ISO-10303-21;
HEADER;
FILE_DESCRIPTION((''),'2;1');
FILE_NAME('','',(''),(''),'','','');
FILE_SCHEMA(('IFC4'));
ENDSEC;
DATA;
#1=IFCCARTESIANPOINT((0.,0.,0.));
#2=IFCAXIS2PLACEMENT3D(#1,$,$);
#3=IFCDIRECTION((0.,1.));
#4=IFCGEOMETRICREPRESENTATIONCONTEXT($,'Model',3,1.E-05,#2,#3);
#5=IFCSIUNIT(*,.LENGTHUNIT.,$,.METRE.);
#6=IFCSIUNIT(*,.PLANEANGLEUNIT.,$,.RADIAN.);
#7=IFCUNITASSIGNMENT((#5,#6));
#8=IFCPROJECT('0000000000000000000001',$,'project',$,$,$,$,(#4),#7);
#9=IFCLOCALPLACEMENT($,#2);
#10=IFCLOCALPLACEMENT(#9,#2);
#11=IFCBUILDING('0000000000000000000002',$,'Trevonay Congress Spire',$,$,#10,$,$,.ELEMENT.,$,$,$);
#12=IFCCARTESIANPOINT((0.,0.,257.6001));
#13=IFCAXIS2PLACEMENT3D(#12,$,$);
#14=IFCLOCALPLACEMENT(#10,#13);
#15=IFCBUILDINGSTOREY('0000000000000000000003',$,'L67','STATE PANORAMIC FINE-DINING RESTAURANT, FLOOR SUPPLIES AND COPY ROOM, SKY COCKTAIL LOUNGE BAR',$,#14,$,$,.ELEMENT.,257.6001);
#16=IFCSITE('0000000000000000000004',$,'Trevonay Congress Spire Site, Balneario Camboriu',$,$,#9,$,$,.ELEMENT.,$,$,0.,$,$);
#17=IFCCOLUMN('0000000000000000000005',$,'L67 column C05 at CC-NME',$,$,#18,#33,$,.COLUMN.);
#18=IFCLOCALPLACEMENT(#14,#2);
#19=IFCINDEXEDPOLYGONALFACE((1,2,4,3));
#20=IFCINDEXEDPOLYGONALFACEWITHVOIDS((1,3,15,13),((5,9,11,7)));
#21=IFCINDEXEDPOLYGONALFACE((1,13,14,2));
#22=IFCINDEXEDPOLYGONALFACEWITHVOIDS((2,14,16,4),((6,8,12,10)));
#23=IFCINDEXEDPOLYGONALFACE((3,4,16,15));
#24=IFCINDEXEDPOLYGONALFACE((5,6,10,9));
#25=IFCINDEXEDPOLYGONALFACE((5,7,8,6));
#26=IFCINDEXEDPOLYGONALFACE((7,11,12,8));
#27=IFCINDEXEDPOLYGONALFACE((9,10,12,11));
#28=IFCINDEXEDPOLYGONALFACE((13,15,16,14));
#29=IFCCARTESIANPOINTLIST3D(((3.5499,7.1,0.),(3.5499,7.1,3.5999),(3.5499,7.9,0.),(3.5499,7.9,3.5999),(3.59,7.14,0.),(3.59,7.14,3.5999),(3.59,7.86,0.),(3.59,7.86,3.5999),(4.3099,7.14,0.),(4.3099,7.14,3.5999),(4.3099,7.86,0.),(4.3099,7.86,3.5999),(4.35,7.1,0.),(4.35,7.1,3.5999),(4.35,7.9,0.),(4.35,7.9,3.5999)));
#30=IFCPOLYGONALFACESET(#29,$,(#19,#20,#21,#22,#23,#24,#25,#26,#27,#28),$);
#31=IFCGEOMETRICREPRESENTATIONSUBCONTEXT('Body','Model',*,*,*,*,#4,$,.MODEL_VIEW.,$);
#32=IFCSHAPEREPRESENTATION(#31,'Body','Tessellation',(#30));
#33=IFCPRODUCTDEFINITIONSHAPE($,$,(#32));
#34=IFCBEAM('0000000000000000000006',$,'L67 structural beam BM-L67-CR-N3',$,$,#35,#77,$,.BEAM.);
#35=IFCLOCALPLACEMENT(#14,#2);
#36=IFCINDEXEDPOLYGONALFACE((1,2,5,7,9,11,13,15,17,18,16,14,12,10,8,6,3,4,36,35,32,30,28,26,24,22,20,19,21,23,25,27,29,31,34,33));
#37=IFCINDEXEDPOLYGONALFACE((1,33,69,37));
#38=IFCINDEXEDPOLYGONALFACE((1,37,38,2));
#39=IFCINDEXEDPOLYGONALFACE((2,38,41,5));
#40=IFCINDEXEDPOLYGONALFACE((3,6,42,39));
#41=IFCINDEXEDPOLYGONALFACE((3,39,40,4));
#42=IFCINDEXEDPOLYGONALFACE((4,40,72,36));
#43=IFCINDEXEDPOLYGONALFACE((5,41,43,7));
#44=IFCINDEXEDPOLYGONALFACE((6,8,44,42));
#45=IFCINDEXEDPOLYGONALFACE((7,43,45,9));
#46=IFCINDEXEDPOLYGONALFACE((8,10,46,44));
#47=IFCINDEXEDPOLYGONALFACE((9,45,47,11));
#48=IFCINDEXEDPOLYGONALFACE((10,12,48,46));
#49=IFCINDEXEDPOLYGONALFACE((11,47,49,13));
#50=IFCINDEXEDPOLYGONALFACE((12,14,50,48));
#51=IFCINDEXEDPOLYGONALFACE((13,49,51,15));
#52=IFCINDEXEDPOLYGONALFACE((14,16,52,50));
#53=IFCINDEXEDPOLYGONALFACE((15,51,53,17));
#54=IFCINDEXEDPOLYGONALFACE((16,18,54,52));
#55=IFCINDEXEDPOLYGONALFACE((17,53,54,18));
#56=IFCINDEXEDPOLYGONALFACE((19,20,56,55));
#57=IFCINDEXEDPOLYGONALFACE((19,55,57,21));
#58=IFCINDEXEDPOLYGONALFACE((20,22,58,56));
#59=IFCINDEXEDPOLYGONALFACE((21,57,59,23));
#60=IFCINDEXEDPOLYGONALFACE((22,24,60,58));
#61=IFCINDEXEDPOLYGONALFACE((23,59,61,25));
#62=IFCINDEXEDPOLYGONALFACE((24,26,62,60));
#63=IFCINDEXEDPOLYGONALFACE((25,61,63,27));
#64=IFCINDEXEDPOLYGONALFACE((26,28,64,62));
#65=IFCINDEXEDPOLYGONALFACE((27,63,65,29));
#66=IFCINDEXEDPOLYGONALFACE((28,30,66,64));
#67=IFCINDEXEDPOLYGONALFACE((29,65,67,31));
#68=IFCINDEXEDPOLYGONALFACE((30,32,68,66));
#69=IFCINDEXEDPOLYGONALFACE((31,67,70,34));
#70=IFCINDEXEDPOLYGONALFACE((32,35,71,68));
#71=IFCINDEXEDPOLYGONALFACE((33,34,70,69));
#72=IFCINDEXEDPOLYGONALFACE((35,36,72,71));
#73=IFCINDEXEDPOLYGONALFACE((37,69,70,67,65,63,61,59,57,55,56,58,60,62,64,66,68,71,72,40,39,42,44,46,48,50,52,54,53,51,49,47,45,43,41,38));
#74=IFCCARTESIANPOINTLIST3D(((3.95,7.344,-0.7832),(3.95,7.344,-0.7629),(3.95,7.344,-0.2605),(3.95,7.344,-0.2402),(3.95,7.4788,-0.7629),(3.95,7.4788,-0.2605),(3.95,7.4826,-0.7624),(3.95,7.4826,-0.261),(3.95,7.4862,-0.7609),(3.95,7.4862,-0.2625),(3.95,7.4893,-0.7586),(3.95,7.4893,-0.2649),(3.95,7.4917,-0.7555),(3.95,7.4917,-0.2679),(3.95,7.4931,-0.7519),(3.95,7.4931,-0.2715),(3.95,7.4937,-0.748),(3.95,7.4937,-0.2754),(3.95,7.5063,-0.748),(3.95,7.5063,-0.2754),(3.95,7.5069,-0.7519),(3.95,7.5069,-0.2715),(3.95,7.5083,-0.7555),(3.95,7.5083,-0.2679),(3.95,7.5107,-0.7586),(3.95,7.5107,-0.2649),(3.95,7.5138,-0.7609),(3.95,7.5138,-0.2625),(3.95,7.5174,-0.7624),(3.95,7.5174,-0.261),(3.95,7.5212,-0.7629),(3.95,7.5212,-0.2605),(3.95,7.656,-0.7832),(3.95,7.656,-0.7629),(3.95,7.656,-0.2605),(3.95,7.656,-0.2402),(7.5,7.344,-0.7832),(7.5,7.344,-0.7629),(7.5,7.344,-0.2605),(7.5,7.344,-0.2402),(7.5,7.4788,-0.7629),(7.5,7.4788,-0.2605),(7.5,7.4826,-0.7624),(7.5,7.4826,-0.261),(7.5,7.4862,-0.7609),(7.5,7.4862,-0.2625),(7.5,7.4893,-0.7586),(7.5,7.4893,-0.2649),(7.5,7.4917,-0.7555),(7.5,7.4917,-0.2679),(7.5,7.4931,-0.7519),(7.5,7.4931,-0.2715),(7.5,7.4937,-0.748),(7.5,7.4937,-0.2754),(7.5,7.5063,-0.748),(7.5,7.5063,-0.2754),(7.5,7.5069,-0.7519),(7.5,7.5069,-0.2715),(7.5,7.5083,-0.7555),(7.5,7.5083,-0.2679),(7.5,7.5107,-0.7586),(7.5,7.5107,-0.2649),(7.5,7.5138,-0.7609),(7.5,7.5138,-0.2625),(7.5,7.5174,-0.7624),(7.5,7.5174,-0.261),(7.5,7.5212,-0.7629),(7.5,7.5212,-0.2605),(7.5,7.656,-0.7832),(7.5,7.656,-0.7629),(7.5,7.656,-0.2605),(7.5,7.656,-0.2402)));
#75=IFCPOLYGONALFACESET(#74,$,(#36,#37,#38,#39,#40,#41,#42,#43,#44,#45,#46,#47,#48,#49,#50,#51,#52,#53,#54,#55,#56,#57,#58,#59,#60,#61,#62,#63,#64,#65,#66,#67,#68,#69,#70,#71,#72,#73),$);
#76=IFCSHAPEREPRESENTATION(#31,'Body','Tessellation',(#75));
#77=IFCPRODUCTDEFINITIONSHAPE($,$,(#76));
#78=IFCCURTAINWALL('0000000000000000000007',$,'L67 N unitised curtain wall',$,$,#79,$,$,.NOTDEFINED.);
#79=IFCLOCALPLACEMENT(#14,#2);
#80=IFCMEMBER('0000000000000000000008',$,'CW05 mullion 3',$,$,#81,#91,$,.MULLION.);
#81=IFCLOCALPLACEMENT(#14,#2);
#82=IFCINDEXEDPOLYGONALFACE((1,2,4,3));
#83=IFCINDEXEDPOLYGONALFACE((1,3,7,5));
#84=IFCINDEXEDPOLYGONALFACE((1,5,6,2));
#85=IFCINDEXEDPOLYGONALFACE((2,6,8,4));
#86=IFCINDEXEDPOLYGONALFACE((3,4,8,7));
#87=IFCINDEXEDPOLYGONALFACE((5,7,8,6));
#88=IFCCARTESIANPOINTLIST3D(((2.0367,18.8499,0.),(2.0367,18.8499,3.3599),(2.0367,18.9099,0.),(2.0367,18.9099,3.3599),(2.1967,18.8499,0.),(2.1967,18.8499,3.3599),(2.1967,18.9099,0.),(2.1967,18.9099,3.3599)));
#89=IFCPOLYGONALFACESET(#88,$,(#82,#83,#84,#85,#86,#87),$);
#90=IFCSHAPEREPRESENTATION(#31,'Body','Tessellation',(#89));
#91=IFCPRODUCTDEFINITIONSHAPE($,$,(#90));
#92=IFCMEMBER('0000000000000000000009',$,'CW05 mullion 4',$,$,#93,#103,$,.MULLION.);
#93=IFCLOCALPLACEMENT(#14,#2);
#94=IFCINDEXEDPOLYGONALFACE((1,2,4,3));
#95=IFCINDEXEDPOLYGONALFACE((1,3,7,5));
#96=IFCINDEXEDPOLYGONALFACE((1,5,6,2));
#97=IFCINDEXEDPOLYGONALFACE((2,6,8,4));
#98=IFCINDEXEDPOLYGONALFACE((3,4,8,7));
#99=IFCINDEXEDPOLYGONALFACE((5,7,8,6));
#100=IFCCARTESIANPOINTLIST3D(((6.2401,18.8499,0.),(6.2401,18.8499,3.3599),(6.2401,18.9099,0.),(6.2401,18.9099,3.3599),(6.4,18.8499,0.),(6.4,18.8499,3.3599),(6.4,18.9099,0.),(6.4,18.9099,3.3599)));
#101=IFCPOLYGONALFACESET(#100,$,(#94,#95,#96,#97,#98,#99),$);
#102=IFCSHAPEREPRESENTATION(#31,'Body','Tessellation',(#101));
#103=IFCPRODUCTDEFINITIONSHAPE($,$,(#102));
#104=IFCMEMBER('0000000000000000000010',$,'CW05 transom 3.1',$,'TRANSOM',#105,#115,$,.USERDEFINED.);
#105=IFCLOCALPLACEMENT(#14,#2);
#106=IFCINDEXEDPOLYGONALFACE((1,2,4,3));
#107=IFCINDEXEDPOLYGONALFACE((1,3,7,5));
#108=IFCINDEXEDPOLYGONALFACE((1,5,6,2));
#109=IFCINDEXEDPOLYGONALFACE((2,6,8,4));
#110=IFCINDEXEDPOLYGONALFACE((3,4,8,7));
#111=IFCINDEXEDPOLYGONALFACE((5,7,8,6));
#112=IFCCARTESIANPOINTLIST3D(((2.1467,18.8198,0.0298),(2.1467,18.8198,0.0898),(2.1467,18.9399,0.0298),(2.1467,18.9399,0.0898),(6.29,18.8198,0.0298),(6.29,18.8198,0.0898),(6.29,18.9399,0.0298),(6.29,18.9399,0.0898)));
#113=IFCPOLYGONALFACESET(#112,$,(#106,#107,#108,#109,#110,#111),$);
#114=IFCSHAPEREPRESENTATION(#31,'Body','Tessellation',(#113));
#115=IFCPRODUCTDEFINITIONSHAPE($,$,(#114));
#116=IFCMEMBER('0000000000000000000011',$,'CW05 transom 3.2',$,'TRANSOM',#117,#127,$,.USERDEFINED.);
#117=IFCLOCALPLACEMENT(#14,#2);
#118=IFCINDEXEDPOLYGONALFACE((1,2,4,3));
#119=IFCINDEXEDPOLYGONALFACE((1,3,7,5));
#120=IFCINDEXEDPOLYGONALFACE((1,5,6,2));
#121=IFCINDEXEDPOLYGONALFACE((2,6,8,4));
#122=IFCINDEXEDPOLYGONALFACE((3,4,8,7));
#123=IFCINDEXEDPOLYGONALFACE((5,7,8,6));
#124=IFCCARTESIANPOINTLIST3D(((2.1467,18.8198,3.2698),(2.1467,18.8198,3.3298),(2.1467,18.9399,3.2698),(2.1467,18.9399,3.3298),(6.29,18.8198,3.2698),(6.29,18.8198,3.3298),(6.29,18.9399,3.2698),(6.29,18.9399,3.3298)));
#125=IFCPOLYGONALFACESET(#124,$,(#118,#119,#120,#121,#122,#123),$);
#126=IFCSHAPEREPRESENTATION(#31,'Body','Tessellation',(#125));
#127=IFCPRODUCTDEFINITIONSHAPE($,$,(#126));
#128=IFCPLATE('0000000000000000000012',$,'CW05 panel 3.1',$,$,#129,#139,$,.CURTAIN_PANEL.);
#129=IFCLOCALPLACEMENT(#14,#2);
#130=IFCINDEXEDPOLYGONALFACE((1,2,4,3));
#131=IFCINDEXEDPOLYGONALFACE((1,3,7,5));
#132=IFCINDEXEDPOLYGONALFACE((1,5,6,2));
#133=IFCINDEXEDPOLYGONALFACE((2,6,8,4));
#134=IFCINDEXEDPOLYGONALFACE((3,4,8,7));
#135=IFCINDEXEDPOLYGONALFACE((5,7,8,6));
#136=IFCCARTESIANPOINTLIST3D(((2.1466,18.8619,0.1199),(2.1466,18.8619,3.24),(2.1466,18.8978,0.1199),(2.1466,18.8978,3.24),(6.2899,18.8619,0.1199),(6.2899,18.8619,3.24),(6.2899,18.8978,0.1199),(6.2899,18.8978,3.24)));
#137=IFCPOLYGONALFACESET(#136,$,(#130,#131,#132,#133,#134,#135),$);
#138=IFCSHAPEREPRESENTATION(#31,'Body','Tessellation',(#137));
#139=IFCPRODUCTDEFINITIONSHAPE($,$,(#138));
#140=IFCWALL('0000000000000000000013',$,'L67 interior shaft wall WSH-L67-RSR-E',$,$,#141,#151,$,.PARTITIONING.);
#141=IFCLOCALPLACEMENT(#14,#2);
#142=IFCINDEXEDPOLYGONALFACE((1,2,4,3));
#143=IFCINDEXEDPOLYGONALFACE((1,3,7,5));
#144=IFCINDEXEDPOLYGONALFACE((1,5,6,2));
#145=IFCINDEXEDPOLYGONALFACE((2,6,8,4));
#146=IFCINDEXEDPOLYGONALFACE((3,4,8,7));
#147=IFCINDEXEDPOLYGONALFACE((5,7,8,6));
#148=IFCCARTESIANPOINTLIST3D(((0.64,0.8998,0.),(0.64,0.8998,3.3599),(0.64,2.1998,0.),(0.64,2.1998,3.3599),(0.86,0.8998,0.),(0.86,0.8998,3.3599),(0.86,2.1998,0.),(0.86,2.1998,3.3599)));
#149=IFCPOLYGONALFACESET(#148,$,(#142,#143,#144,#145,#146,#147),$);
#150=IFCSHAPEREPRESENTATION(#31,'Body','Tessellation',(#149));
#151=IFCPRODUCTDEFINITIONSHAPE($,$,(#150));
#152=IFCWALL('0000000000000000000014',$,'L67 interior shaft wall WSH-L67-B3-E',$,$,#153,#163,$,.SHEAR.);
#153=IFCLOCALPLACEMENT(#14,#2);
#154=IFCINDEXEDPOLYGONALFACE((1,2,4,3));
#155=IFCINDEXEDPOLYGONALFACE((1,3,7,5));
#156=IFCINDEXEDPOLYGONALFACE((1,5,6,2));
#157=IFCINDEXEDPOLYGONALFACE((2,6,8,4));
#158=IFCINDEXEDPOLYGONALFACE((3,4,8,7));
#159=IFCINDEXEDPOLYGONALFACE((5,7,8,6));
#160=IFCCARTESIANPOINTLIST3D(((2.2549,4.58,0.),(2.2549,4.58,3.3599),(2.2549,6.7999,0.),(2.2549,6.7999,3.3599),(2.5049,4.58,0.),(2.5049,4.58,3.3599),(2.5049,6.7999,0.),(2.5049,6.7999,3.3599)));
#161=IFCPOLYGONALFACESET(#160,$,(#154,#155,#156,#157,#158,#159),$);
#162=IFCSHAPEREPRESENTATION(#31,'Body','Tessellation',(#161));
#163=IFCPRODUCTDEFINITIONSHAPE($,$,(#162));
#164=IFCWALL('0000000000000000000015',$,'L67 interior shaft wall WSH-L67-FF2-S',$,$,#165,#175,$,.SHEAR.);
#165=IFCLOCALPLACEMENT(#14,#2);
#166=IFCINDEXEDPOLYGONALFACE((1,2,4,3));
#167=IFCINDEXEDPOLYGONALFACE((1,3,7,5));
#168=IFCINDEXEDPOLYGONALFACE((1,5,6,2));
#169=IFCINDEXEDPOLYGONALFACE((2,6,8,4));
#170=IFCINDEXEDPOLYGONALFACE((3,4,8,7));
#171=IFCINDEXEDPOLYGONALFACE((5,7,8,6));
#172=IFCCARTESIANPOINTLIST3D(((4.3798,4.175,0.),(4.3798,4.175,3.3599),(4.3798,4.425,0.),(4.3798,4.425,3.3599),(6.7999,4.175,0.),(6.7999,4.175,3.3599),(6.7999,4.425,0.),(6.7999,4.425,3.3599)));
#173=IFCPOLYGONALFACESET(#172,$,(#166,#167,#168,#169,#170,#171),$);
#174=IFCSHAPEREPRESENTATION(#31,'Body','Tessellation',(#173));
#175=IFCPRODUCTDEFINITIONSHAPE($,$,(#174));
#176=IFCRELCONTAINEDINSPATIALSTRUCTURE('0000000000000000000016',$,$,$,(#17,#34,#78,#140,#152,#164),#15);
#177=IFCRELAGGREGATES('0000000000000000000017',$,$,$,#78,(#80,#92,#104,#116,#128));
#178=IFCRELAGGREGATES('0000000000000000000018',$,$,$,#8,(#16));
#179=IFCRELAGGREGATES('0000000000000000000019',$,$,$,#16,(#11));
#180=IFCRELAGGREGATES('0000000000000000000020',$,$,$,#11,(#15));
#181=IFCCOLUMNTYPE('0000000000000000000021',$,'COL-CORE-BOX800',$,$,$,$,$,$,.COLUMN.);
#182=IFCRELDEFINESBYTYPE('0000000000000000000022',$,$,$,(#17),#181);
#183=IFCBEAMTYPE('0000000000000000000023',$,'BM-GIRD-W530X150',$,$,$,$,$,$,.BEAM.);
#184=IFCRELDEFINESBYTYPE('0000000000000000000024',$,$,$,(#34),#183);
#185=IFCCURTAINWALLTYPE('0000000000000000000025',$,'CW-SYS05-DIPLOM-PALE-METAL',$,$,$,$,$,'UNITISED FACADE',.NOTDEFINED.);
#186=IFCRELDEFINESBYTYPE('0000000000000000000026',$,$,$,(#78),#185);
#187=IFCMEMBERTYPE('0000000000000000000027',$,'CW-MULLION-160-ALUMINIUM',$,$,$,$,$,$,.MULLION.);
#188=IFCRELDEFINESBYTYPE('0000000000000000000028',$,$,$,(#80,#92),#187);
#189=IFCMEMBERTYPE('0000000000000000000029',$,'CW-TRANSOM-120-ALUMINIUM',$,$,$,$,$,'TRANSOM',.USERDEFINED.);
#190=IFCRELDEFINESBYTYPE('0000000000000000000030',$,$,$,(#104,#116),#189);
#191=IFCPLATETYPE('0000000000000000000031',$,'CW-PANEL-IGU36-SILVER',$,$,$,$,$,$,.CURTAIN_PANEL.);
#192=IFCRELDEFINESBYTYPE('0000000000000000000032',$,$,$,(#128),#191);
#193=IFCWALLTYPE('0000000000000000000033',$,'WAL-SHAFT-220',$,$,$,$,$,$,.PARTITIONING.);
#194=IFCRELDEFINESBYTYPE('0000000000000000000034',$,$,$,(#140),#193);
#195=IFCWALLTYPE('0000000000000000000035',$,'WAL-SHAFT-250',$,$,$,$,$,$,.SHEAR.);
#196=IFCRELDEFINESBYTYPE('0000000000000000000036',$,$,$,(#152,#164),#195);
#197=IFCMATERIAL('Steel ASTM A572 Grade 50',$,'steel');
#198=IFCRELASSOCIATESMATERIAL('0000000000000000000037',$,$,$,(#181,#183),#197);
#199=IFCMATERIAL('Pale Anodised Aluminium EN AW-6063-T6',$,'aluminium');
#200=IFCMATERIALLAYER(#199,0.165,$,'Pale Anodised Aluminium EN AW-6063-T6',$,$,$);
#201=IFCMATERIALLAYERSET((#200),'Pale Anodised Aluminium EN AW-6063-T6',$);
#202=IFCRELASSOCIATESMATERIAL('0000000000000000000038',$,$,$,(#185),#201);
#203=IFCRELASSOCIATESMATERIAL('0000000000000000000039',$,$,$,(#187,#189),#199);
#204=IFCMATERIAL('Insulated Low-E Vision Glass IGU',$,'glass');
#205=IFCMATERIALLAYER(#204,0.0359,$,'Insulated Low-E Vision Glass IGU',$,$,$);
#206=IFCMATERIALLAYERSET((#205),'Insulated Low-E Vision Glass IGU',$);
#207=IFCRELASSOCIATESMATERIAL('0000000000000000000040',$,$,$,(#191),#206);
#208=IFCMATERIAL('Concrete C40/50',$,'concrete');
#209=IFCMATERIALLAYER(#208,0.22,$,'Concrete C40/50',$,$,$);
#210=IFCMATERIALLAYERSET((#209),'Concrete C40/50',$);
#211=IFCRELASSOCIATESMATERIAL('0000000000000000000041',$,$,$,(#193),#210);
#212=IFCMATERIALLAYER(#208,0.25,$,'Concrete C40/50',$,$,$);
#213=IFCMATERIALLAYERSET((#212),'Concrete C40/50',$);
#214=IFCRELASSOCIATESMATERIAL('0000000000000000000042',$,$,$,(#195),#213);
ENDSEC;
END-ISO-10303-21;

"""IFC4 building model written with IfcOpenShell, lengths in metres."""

from ifc_helpers import new_model, si_unit, direction, frame, frame_2d, origin, origin_2d, place, context, subcontext, project, spatial, rectangle, hollow_rectangle, i_section, extrude, material, layer, layer_set, material_profile, profile_set, type_object, element, aggregate, save


model = new_model("IFC4")

# Units and contexts
model_context = context("Model", 3, precision=1e-05, world=origin(), true_north=direction((0.0, 1.0)))
body_context = subcontext(model_context, "Body", "Model", "MODEL_VIEW")
ifc_project = project(units=[si_unit("LENGTHUNIT", "METRE"), si_unit("PLANEANGLEUNIT", "RADIAN")], contexts=[model_context])

# Site, building, storey
site_placement = place(None, origin())
site = spatial("IfcSite", under=ifc_project, at=site_placement, Name="Trevonay Congress Spire Site, Balneario Camboriu", CompositionType="ELEMENT", RefElevation=0.0)
building_placement = place(site_placement, origin())
building = spatial("IfcBuilding", under=site, at=building_placement, Name="Trevonay Congress Spire", CompositionType="ELEMENT")
storey_placement = place(building_placement, frame((0.0, 0.0, 257.6001)))
storey = spatial("IfcBuildingStorey", under=building, at=storey_placement, Name="L67", Description="STATE PANORAMIC FINE-DINING RESTAURANT, FLOOR SUPPLIES AND COPY ROOM, SKY COCKTAIL LOUNGE BAR", CompositionType="ELEMENT", Elevation=257.6001)

# Column
ifc_material_1 = material(Name="Steel ASTM A572 Grade 50", Category="steel")
ifc_material_profile_1 = material_profile(ifc_material_1, hollow_rectangle(XDim=0.8, YDim=0.8, WallThickness=0.04, at=origin_2d()), Name="BOX 800x800x40")
ifc_profile_set_1 = profile_set([ifc_material_profile_1], Name="Steel ASTM A572 Grade 50")
column_type = type_object("IfcColumnType", Name="COL-CORE-BOX800", PredefinedType="COLUMN", material=ifc_profile_set_1)
column_placement = place(storey_placement, frame((3.95, 7.5, 0.0), z_axis=(0.0, 0.0, 1.0), x_axis=(1.0, 0.0, 0.0)))
element("IfcColumn", 1, at=column_placement, inside=storey, type_object=column_type, Name="L67 column C05 at CC-NME", PredefinedType="COLUMN", context=body_context, shape_type="SweptSolid", body=[
    extrude(hollow_rectangle(XDim=0.8, YDim=0.8, WallThickness=0.04, at=origin_2d()), origin(), (0.0, 0.0, 1.0), 3.5999),
])

# Beam
ifc_material_profile_2 = material_profile(ifc_material_1, i_section(OverallWidth=0.312, OverallDepth=0.543, WebThickness=0.0127, FlangeThickness=0.0203, FilletRadius=0.0149, at=origin_2d()), Name="W530x150")
ifc_profile_set_2 = profile_set([ifc_material_profile_2], Name="Steel ASTM A572 Grade 50")
beam_type = type_object("IfcBeamType", Name="BM-GIRD-W530X150", PredefinedType="BEAM", material=ifc_profile_set_2)
beam_placement = place(storey_placement, frame((3.95, 7.5, -0.5117), z_axis=(1.0, 0.0, 0.0), x_axis=(0.0, 1.0, 0.0)))
element("IfcBeam", 2, at=beam_placement, inside=storey, type_object=beam_type, Name="L67 structural beam BM-L67-CR-N3", PredefinedType="BEAM", context=body_context, shape_type="SweptSolid", body=[
    extrude(i_section(OverallWidth=0.312, OverallDepth=0.543, WebThickness=0.0127, FlangeThickness=0.0203, FilletRadius=0.0149, at=origin_2d()), origin(), (0.0, 0.0, 1.0), 3.55),
])

# Curtain wall, members, plate
ifc_material_2 = material(Name="Pale Anodised Aluminium EN AW-6063-T6", Category="aluminium")
ifc_layer_1 = layer(ifc_material_2, 0.165, Name="Pale Anodised Aluminium EN AW-6063-T6")
ifc_layer_set_1 = layer_set([ifc_layer_1], Name="Pale Anodised Aluminium EN AW-6063-T6")
curtain_wall_type = type_object("IfcCurtainWallType", Name="CW-SYS05-DIPLOM-PALE-METAL", ElementType="UNITISED FACADE", PredefinedType="NOTDEFINED", material=ifc_layer_set_1)
curtain_wall_placement = place(storey_placement, origin())
curtain_wall = element("IfcCurtainWall", 3, at=curtain_wall_placement, inside=storey, type_object=curtain_wall_type, Name="L67 N unitised curtain wall", PredefinedType="NOTDEFINED")
ifc_material_profile_3 = material_profile(ifc_material_2, rectangle(XDim=0.0601, YDim=0.1599, at=origin_2d()), Name="CW-MULLION-160-ALUMINIUM")
ifc_profile_set_3 = profile_set([ifc_material_profile_3], Name="Pale Anodised Aluminium EN AW-6063-T6")
member_type_1 = type_object("IfcMemberType", Name="CW-MULLION-160-ALUMINIUM", PredefinedType="MULLION", material=ifc_profile_set_3)
member_1_placement = place(storey_placement, frame((2.1167, 18.8799, 0.0), z_axis=(0.0, 0.0, 1.0), x_axis=(0.0, 1.0, 0.0)))
member_1 = element("IfcMember", 4, at=member_1_placement, type_object=member_type_1, Name="CW05 mullion 3", PredefinedType="MULLION", context=body_context, shape_type="SweptSolid", body=[
    extrude(rectangle(XDim=0.0601, YDim=0.1599, at=origin_2d()), origin(), (0.0, 0.0, 1.0), 3.3599),
])
member_2_placement = place(storey_placement, frame((6.3201, 18.8799, 0.0), z_axis=(0.0, 0.0, 1.0), x_axis=(0.0, 1.0, 0.0)))
member_2 = element("IfcMember", 5, at=member_2_placement, type_object=member_type_1, Name="CW05 mullion 4", PredefinedType="MULLION", context=body_context, shape_type="SweptSolid", body=[
    extrude(rectangle(XDim=0.0601, YDim=0.1599, at=origin_2d()), origin(), (0.0, 0.0, 1.0), 3.3599),
])
ifc_material_profile_4 = material_profile(ifc_material_2, rectangle(XDim=0.1201, YDim=0.0601, at=origin_2d()), Name="CW-TRANSOM-120-ALUMINIUM")
ifc_profile_set_4 = profile_set([ifc_material_profile_4], Name="Pale Anodised Aluminium EN AW-6063-T6")
member_type_2 = type_object("IfcMemberType", Name="CW-TRANSOM-120-ALUMINIUM", ElementType="TRANSOM", PredefinedType="USERDEFINED", material=ifc_profile_set_4)
member_3_placement = place(storey_placement, frame((2.1467, 18.8799, 0.0598), z_axis=(1.0, 0.0, 0.0), x_axis=(0.0, 1.0, 0.0)))
member_3 = element("IfcMember", 6, at=member_3_placement, type_object=member_type_2, Name="CW05 transom 3.1", ObjectType="TRANSOM", PredefinedType="USERDEFINED", context=body_context, shape_type="SweptSolid", body=[
    extrude(rectangle(XDim=0.1201, YDim=0.0601, at=origin_2d()), origin(), (0.0, 0.0, 1.0), 4.1433),
])
member_4_placement = place(storey_placement, frame((2.1467, 18.8799, 3.2998), z_axis=(1.0, 0.0, 0.0), x_axis=(0.0, 1.0, 0.0)))
member_4 = element("IfcMember", 7, at=member_4_placement, type_object=member_type_2, Name="CW05 transom 3.2", ObjectType="TRANSOM", PredefinedType="USERDEFINED", context=body_context, shape_type="SweptSolid", body=[
    extrude(rectangle(XDim=0.1201, YDim=0.0601, at=origin_2d()), origin(), (0.0, 0.0, 1.0), 4.1433),
])
ifc_material_3 = material(Name="Insulated Low-E Vision Glass IGU", Category="glass")
ifc_layer_2 = layer(ifc_material_3, 0.0359, Name="Insulated Low-E Vision Glass IGU")
ifc_layer_set_2 = layer_set([ifc_layer_2], Name="Insulated Low-E Vision Glass IGU")
plate_type = type_object("IfcPlateType", Name="CW-PANEL-IGU36-SILVER", PredefinedType="CURTAIN_PANEL", material=ifc_layer_set_2)
plate_placement = place(storey_placement, frame((4.2183, 18.8799, 0.1199), z_axis=(0.0, 0.0, 1.0), x_axis=(1.0, 0.0, 0.0)))
plate = element("IfcPlate", 8, at=plate_placement, type_object=plate_type, Name="CW05 panel 3.1", PredefinedType="CURTAIN_PANEL", context=body_context, shape_type="SweptSolid", body=[
    extrude(rectangle(XDim=4.1433, YDim=0.0359, at=origin_2d()), origin(), (0.0, 0.0, 1.0), 3.1201),
])
aggregate(curtain_wall, [member_1, member_2, member_3, member_4, plate])

# Walls
ifc_material_4 = material(Name="Concrete C40/50", Category="concrete")
ifc_layer_3 = layer(ifc_material_4, 0.22, Name="Concrete C40/50")
ifc_layer_set_3 = layer_set([ifc_layer_3], Name="Concrete C40/50")
wall_type_1 = type_object("IfcWallType", Name="WAL-SHAFT-220", PredefinedType="PARTITIONING", material=ifc_layer_set_3)
wall_1_placement = place(storey_placement, frame((0.75, 0.8999, 0.0), z_axis=(0.0, 0.0, 1.0), x_axis=(0.0, 1.0, 0.0)))
element("IfcWall", 9, at=wall_1_placement, inside=storey, type_object=wall_type_1, Name="L67 interior shaft wall WSH-L67-RSR-E", PredefinedType="PARTITIONING", context=body_context, shape_type="SweptSolid", body=[
    extrude(rectangle(XDim=1.3, YDim=0.22, at=frame_2d((0.6499, 0.0))), origin(), (0.0, 0.0, 1.0), 3.3599),
])
ifc_layer_4 = layer(ifc_material_4, 0.25, Name="Concrete C40/50")
ifc_layer_set_4 = layer_set([ifc_layer_4], Name="Concrete C40/50")
wall_type_2 = type_object("IfcWallType", Name="WAL-SHAFT-250", PredefinedType="SHEAR", material=ifc_layer_set_4)
wall_2_placement = place(storey_placement, frame((2.3799, 4.5801, 0.0), z_axis=(0.0, 0.0, 1.0), x_axis=(0.0, 1.0, 0.0)))
element("IfcWall", 10, at=wall_2_placement, inside=storey, type_object=wall_type_2, Name="L67 interior shaft wall WSH-L67-B3-E", PredefinedType="SHEAR", context=body_context, shape_type="SweptSolid", body=[
    extrude(rectangle(XDim=2.22, YDim=0.25, at=frame_2d((1.1099, 0.0))), origin(), (0.0, 0.0, 1.0), 3.3599),
])
wall_3_placement = place(storey_placement, frame((4.3799, 4.3, 0.0), z_axis=(0.0, 0.0, 1.0), x_axis=(1.0, 0.0, 0.0)))
element("IfcWall", 11, at=wall_3_placement, inside=storey, type_object=wall_type_2, Name="L67 interior shaft wall WSH-L67-FF2-S", PredefinedType="SHEAR", context=body_context, shape_type="SweptSolid", body=[
    extrude(rectangle(XDim=2.4202, YDim=0.25, at=frame_2d((1.21, 0.0))), origin(), (0.0, 0.0, 1.0), 3.3599),
])

save(model, "model.ifc")
